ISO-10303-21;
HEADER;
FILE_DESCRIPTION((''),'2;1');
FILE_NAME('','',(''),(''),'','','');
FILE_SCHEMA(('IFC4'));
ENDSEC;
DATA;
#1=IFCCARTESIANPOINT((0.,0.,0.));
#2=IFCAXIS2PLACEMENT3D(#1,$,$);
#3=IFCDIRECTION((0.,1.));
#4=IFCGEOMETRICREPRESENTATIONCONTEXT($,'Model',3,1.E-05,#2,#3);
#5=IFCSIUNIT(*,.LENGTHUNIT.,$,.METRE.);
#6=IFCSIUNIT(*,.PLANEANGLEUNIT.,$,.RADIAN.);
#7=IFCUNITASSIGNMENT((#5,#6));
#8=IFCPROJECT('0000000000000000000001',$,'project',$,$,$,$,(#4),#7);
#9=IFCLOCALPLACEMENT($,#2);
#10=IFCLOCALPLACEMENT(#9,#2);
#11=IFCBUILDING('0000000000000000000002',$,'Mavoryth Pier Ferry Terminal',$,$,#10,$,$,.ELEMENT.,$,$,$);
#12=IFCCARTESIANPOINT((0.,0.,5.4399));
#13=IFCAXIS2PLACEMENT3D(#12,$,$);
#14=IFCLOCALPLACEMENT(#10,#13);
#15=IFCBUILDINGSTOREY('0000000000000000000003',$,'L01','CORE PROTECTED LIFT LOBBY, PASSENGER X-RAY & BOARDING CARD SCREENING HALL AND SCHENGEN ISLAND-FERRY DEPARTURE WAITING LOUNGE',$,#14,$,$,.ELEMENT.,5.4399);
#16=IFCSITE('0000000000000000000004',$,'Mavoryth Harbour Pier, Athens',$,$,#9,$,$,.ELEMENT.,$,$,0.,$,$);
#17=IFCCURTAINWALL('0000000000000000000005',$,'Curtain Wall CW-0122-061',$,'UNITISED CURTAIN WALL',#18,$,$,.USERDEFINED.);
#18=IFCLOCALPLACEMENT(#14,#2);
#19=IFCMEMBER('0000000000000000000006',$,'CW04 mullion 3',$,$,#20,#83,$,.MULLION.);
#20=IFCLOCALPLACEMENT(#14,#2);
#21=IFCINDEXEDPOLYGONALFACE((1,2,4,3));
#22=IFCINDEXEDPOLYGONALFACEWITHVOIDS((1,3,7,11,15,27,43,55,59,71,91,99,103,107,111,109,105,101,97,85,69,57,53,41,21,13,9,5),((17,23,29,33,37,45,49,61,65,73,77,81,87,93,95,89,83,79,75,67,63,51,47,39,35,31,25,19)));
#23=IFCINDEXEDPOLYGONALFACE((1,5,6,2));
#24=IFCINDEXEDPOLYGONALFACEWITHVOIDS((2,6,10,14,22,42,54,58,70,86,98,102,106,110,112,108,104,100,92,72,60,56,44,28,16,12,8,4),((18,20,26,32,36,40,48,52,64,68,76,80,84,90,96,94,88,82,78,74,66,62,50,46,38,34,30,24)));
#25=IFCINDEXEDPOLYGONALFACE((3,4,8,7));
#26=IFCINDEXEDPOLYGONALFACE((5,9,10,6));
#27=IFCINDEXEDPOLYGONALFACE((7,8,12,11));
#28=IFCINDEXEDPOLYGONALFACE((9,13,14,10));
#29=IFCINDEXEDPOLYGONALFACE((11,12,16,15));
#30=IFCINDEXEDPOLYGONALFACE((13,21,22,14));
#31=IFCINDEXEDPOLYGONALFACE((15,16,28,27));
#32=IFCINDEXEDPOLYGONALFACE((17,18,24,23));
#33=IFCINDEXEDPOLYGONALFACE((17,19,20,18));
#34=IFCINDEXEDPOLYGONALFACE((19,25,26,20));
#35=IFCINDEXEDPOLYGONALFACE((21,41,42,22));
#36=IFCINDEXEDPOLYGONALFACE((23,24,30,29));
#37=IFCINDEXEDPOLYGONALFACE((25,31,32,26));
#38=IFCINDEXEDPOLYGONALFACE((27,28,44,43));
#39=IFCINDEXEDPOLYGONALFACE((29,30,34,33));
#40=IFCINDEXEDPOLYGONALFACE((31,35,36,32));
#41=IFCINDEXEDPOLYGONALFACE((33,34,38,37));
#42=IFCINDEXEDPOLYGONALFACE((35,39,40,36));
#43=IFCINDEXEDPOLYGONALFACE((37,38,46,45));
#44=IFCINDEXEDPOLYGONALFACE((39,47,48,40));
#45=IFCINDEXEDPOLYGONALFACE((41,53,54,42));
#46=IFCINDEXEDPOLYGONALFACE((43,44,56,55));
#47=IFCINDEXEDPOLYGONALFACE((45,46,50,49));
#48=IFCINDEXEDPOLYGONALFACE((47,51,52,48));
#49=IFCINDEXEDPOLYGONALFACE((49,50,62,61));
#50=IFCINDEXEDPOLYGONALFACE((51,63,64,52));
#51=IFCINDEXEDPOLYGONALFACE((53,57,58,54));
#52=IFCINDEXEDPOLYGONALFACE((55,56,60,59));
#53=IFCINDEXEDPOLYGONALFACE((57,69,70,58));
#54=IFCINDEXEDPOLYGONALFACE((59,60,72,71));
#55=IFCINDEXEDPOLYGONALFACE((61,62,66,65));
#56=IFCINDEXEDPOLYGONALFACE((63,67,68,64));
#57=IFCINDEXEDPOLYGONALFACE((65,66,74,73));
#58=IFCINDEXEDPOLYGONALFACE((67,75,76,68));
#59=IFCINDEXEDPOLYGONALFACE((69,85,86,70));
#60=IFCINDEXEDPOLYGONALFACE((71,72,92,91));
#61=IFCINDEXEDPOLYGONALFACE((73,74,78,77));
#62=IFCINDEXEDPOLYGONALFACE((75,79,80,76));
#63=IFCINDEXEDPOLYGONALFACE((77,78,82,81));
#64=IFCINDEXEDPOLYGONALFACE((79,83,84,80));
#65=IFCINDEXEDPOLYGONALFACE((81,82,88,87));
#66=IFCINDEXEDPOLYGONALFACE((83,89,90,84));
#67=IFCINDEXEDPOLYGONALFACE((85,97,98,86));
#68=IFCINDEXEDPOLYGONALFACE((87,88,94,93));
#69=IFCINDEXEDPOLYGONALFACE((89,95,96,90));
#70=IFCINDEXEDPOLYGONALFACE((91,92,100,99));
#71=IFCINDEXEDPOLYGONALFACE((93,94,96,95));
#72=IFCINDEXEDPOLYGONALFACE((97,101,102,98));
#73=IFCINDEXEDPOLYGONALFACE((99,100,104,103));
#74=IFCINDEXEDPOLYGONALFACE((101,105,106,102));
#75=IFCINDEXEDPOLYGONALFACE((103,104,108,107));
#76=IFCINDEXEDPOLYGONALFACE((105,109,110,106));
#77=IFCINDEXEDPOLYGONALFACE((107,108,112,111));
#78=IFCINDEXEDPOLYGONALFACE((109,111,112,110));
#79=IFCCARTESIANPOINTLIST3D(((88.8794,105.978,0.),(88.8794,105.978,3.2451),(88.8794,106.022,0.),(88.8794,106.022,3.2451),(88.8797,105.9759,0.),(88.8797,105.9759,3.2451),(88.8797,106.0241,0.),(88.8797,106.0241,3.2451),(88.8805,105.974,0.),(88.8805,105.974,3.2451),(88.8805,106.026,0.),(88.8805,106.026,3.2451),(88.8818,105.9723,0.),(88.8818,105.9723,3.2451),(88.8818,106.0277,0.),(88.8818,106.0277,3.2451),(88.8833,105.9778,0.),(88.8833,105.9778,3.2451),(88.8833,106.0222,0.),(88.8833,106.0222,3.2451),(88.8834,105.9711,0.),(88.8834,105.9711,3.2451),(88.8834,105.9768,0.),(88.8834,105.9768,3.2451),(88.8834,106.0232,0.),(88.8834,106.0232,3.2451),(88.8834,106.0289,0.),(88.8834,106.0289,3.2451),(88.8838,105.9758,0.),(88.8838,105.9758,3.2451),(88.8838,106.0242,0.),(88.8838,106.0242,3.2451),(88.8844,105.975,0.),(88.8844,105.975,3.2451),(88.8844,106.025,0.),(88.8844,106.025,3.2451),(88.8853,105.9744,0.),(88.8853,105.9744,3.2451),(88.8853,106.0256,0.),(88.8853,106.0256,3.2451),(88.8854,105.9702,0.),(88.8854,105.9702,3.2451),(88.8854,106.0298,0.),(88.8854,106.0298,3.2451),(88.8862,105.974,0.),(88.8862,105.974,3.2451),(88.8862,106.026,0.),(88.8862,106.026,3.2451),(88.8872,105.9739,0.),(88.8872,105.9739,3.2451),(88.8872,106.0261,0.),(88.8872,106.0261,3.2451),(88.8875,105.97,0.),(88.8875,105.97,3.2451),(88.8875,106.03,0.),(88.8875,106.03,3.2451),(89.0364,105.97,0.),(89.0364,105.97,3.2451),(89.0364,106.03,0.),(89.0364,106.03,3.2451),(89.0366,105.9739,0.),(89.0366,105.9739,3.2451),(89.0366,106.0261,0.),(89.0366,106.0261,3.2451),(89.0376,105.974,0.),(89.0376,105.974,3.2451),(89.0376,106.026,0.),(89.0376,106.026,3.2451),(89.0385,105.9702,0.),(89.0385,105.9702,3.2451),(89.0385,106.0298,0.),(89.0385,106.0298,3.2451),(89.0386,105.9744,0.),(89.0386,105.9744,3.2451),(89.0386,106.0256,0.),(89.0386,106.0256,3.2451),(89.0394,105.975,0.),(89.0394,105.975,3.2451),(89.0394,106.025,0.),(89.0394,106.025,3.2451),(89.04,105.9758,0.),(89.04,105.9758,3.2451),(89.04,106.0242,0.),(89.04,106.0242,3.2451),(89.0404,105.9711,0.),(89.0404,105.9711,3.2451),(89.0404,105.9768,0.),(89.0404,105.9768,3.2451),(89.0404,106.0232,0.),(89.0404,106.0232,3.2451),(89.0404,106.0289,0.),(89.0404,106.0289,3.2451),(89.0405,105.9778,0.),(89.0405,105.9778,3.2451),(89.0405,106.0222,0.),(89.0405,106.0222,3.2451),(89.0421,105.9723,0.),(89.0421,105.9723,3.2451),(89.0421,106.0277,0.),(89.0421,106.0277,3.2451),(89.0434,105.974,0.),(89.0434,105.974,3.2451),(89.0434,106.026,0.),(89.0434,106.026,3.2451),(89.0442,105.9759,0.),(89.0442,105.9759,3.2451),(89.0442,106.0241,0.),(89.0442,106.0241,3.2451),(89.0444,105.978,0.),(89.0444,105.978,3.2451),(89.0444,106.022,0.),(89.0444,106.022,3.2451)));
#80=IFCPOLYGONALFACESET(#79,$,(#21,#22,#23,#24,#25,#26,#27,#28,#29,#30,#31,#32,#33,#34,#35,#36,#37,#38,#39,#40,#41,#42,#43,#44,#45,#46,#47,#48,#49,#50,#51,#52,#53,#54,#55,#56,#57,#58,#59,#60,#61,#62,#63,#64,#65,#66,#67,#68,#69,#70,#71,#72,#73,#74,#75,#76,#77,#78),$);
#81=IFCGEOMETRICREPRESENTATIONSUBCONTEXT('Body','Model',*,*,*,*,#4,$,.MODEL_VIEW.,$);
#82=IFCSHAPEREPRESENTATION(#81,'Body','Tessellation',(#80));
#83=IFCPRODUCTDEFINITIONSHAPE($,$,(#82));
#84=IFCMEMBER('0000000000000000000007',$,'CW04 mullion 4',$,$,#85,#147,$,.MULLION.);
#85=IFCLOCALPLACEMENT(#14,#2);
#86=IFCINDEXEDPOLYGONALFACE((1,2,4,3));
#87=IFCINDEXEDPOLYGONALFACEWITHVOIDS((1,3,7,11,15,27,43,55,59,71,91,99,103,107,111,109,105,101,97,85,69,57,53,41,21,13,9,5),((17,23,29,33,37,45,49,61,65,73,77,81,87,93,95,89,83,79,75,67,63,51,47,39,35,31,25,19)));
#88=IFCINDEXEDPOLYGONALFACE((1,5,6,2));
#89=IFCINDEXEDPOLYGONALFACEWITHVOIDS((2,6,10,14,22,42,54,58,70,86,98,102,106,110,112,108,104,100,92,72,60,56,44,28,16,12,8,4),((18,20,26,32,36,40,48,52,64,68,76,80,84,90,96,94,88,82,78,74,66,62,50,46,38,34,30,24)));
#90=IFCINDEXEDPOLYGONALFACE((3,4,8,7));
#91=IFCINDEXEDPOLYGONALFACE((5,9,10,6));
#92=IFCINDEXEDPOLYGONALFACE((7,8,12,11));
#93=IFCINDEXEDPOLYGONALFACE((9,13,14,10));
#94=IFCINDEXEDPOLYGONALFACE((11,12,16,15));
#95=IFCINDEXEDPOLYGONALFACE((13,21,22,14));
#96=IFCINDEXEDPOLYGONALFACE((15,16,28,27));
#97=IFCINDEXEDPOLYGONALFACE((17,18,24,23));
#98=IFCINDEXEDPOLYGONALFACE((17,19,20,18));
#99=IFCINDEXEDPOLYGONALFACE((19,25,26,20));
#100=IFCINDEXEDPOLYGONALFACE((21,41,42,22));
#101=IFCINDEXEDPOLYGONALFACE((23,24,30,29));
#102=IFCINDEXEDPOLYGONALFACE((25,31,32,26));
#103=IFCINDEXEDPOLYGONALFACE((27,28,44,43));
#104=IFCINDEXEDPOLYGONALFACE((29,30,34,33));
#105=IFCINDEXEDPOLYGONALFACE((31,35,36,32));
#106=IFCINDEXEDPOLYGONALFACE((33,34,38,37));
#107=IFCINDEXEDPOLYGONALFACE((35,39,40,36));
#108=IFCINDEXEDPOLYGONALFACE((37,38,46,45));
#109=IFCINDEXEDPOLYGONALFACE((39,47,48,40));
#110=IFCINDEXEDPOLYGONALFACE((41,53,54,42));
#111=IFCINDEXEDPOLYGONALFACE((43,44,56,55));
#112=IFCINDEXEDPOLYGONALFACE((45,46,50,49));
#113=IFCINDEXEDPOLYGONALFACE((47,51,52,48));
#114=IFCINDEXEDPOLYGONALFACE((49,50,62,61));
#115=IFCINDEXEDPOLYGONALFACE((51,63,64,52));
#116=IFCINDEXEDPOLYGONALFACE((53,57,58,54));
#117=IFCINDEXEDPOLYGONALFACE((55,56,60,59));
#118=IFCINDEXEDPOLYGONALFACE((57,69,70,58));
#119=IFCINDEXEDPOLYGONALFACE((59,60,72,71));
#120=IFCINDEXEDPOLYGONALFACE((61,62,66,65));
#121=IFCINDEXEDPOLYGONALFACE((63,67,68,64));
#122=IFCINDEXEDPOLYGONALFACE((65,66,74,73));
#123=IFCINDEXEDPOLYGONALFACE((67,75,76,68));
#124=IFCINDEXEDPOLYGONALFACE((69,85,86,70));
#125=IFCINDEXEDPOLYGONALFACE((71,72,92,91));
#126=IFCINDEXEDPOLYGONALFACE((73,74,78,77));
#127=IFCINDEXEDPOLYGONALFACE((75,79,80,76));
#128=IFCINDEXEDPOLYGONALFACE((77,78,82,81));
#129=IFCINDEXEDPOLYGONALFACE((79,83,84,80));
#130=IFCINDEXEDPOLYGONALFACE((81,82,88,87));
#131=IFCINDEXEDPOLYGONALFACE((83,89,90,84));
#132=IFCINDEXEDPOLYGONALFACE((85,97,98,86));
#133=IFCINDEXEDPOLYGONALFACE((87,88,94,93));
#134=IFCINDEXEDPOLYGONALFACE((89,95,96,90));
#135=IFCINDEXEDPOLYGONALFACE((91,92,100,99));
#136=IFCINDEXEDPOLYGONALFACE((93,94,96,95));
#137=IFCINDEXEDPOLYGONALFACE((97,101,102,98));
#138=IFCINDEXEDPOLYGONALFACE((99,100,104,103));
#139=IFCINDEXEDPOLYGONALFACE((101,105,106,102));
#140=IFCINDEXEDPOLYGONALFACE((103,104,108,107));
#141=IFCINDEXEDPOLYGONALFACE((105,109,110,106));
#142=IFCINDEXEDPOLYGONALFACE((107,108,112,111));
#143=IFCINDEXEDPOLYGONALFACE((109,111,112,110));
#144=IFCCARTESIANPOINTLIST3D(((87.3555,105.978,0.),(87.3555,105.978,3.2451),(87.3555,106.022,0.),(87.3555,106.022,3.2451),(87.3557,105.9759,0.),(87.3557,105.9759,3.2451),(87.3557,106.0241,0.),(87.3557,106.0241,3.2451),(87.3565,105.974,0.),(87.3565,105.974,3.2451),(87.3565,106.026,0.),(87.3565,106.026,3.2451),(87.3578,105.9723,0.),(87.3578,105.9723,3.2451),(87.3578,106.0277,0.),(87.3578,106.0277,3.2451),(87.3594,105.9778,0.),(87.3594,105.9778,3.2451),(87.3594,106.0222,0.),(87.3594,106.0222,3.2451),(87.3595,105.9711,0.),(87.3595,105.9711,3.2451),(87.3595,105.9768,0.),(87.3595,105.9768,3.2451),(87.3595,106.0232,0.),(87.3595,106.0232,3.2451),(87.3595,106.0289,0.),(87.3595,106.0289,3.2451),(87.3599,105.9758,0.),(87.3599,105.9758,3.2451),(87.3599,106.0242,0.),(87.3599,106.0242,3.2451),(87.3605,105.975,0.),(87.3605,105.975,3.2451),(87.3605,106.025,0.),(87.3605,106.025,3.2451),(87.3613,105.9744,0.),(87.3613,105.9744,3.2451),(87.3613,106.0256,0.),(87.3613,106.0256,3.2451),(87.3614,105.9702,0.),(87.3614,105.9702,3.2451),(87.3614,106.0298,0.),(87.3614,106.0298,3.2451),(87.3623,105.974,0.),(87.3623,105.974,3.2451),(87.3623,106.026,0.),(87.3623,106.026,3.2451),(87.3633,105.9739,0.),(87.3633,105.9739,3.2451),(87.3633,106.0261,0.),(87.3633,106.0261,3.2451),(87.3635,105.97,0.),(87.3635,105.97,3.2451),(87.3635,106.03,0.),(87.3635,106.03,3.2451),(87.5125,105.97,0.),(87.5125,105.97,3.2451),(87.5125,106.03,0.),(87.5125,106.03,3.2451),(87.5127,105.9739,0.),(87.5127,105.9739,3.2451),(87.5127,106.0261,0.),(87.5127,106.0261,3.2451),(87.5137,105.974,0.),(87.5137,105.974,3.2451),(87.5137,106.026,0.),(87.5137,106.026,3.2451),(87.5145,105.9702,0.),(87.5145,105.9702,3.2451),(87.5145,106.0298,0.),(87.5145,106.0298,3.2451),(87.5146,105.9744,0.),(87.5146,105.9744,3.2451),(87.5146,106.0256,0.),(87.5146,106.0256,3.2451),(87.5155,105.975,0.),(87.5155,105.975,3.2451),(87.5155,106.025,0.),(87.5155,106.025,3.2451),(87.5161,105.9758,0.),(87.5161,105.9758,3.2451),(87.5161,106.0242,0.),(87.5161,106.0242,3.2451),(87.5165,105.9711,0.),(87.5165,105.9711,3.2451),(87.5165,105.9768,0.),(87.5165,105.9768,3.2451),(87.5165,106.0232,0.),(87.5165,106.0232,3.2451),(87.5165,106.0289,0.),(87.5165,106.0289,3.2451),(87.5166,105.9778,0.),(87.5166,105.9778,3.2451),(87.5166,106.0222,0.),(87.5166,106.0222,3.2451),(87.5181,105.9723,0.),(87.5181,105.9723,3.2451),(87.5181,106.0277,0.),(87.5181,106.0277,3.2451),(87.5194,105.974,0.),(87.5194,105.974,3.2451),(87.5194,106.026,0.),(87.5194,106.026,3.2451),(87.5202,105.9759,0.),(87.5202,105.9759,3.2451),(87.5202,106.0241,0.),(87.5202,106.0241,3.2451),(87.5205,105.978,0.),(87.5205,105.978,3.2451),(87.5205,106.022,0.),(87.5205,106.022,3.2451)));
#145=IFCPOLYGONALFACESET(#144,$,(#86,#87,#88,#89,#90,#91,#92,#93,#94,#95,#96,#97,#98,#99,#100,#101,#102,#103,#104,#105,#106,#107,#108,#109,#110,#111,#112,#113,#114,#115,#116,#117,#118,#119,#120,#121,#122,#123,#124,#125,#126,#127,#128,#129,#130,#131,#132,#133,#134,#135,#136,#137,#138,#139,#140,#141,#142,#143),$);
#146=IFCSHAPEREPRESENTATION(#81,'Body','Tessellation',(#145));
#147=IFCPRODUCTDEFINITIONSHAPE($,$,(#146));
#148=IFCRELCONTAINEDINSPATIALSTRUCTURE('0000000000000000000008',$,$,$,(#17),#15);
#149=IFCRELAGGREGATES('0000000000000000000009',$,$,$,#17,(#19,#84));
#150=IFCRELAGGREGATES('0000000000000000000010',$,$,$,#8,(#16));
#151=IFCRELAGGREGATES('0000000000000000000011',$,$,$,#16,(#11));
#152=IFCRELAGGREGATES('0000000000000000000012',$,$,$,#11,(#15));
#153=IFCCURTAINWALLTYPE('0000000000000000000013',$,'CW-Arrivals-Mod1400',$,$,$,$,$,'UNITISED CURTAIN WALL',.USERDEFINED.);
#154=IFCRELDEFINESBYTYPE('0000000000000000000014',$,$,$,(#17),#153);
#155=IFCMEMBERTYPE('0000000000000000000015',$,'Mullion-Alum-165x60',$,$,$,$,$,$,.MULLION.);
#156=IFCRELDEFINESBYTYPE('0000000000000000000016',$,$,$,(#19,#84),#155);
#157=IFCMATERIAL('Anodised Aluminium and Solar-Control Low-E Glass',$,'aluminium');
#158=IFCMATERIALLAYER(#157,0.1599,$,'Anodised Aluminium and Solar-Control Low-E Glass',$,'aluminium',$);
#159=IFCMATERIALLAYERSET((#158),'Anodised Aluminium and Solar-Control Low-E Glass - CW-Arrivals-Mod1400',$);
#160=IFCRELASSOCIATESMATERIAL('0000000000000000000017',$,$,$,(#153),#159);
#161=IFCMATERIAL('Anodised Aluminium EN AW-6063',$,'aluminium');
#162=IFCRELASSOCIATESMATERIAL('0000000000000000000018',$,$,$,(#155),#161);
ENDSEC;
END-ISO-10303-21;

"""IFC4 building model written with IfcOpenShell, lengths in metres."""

from ifc_helpers import new_model, si_unit, direction, frame, origin, origin_2d, place, context, subcontext, project, spatial, hollow_rectangle, extrude, material, layer, layer_set, material_profile, profile_set, type_object, element, aggregate, save


model = new_model("IFC4")

# Units and contexts
model_context = context("Model", 3, precision=1e-05, world=origin(), true_north=direction((0.0, 1.0)))
body_context = subcontext(model_context, "Body", "Model", "MODEL_VIEW")
ifc_project = project(units=[si_unit("LENGTHUNIT", "METRE"), si_unit("PLANEANGLEUNIT", "RADIAN")], contexts=[model_context])

# Site, building, storey
site_placement = place(None, origin())
site = spatial("IfcSite", under=ifc_project, at=site_placement, Name="Mavoryth Harbour Pier, Athens", CompositionType="ELEMENT", RefElevation=0.0)
building_placement = place(site_placement, origin())
building = spatial("IfcBuilding", under=site, at=building_placement, Name="Mavoryth Pier Ferry Terminal", CompositionType="ELEMENT")
storey_placement = place(building_placement, frame((0.0, 0.0, 5.4399)))
storey = spatial("IfcBuildingStorey", under=building, at=storey_placement, Name="L01", Description="CORE PROTECTED LIFT LOBBY, PASSENGER X-RAY & BOARDING CARD SCREENING HALL AND SCHENGEN ISLAND-FERRY DEPARTURE WAITING LOUNGE", CompositionType="ELEMENT", Elevation=5.4399)

# Curtain wall, members
ifc_material_1 = material(Name="Anodised Aluminium and Solar-Control Low-E Glass", Category="aluminium")
ifc_layer_1 = layer(ifc_material_1, 0.1599, Name="Anodised Aluminium and Solar-Control Low-E Glass", Category="aluminium")
ifc_layer_set_1 = layer_set([ifc_layer_1], Name="Anodised Aluminium and Solar-Control Low-E Glass - CW-Arrivals-Mod1400")
curtain_wall_type = type_object("IfcCurtainWallType", Name="CW-Arrivals-Mod1400", ElementType="UNITISED CURTAIN WALL", PredefinedType="USERDEFINED", material=ifc_layer_set_1)
curtain_wall_placement = place(storey_placement, origin())
curtain_wall = element("IfcCurtainWall", 1, at=curtain_wall_placement, inside=storey, type_object=curtain_wall_type, Name="Curtain Wall CW-0122-061", ObjectType="UNITISED CURTAIN WALL", PredefinedType="USERDEFINED")
ifc_material_2 = material(Name="Anodised Aluminium EN AW-6063", Category="aluminium")
ifc_material_profile_1 = material_profile(ifc_material_2, hollow_rectangle(XDim=0.0601, YDim=0.165, WallThickness=0.0039, InnerFilletRadius=0.0039, OuterFilletRadius=0.0081, at=origin_2d()), Name="AL-MULL 165x60x4", Category="aluminium")
ifc_profile_set_1 = profile_set([ifc_material_profile_1], Name="Anodised Aluminium EN AW-6063 - AL-MULL 165x60x4")
member_type_1 = type_object("IfcMemberType", Name="Mullion-Alum-165x60", PredefinedType="MULLION", material=ifc_profile_set_1)
member_1_placement = place(storey_placement, frame((88.9619, 106.0, 0.0), z_axis=(0.0, 0.0, 1.0), x_axis=(0.0, -1.0, 0.0)))
member_1 = element("IfcMember", 2, at=member_1_placement, type_object=member_type_1, Name="CW04 mullion 3", PredefinedType="MULLION", context=body_context, shape_type="SweptSolid", body=[
    extrude(hollow_rectangle(XDim=0.0601, YDim=0.165, WallThickness=0.0039, InnerFilletRadius=0.0039, OuterFilletRadius=0.0081, at=origin_2d()), origin(), (0.0, 0.0, 1.0), 3.2451),
])
member_2_placement = place(storey_placement, frame((87.438, 106.0, 0.0), z_axis=(0.0, 0.0, 1.0), x_axis=(0.0, -1.0, 0.0)))
member_2 = element("IfcMember", 3, at=member_2_placement, type_object=member_type_1, Name="CW04 mullion 4", PredefinedType="MULLION", context=body_context, shape_type="SweptSolid", body=[
    extrude(hollow_rectangle(XDim=0.0601, YDim=0.165, WallThickness=0.0039, InnerFilletRadius=0.0039, OuterFilletRadius=0.0081, at=origin_2d()), origin(), (0.0, 0.0, 1.0), 3.2451),
])
aggregate(curtain_wall, [member_1, member_2])

save(model, "model.ifc")
